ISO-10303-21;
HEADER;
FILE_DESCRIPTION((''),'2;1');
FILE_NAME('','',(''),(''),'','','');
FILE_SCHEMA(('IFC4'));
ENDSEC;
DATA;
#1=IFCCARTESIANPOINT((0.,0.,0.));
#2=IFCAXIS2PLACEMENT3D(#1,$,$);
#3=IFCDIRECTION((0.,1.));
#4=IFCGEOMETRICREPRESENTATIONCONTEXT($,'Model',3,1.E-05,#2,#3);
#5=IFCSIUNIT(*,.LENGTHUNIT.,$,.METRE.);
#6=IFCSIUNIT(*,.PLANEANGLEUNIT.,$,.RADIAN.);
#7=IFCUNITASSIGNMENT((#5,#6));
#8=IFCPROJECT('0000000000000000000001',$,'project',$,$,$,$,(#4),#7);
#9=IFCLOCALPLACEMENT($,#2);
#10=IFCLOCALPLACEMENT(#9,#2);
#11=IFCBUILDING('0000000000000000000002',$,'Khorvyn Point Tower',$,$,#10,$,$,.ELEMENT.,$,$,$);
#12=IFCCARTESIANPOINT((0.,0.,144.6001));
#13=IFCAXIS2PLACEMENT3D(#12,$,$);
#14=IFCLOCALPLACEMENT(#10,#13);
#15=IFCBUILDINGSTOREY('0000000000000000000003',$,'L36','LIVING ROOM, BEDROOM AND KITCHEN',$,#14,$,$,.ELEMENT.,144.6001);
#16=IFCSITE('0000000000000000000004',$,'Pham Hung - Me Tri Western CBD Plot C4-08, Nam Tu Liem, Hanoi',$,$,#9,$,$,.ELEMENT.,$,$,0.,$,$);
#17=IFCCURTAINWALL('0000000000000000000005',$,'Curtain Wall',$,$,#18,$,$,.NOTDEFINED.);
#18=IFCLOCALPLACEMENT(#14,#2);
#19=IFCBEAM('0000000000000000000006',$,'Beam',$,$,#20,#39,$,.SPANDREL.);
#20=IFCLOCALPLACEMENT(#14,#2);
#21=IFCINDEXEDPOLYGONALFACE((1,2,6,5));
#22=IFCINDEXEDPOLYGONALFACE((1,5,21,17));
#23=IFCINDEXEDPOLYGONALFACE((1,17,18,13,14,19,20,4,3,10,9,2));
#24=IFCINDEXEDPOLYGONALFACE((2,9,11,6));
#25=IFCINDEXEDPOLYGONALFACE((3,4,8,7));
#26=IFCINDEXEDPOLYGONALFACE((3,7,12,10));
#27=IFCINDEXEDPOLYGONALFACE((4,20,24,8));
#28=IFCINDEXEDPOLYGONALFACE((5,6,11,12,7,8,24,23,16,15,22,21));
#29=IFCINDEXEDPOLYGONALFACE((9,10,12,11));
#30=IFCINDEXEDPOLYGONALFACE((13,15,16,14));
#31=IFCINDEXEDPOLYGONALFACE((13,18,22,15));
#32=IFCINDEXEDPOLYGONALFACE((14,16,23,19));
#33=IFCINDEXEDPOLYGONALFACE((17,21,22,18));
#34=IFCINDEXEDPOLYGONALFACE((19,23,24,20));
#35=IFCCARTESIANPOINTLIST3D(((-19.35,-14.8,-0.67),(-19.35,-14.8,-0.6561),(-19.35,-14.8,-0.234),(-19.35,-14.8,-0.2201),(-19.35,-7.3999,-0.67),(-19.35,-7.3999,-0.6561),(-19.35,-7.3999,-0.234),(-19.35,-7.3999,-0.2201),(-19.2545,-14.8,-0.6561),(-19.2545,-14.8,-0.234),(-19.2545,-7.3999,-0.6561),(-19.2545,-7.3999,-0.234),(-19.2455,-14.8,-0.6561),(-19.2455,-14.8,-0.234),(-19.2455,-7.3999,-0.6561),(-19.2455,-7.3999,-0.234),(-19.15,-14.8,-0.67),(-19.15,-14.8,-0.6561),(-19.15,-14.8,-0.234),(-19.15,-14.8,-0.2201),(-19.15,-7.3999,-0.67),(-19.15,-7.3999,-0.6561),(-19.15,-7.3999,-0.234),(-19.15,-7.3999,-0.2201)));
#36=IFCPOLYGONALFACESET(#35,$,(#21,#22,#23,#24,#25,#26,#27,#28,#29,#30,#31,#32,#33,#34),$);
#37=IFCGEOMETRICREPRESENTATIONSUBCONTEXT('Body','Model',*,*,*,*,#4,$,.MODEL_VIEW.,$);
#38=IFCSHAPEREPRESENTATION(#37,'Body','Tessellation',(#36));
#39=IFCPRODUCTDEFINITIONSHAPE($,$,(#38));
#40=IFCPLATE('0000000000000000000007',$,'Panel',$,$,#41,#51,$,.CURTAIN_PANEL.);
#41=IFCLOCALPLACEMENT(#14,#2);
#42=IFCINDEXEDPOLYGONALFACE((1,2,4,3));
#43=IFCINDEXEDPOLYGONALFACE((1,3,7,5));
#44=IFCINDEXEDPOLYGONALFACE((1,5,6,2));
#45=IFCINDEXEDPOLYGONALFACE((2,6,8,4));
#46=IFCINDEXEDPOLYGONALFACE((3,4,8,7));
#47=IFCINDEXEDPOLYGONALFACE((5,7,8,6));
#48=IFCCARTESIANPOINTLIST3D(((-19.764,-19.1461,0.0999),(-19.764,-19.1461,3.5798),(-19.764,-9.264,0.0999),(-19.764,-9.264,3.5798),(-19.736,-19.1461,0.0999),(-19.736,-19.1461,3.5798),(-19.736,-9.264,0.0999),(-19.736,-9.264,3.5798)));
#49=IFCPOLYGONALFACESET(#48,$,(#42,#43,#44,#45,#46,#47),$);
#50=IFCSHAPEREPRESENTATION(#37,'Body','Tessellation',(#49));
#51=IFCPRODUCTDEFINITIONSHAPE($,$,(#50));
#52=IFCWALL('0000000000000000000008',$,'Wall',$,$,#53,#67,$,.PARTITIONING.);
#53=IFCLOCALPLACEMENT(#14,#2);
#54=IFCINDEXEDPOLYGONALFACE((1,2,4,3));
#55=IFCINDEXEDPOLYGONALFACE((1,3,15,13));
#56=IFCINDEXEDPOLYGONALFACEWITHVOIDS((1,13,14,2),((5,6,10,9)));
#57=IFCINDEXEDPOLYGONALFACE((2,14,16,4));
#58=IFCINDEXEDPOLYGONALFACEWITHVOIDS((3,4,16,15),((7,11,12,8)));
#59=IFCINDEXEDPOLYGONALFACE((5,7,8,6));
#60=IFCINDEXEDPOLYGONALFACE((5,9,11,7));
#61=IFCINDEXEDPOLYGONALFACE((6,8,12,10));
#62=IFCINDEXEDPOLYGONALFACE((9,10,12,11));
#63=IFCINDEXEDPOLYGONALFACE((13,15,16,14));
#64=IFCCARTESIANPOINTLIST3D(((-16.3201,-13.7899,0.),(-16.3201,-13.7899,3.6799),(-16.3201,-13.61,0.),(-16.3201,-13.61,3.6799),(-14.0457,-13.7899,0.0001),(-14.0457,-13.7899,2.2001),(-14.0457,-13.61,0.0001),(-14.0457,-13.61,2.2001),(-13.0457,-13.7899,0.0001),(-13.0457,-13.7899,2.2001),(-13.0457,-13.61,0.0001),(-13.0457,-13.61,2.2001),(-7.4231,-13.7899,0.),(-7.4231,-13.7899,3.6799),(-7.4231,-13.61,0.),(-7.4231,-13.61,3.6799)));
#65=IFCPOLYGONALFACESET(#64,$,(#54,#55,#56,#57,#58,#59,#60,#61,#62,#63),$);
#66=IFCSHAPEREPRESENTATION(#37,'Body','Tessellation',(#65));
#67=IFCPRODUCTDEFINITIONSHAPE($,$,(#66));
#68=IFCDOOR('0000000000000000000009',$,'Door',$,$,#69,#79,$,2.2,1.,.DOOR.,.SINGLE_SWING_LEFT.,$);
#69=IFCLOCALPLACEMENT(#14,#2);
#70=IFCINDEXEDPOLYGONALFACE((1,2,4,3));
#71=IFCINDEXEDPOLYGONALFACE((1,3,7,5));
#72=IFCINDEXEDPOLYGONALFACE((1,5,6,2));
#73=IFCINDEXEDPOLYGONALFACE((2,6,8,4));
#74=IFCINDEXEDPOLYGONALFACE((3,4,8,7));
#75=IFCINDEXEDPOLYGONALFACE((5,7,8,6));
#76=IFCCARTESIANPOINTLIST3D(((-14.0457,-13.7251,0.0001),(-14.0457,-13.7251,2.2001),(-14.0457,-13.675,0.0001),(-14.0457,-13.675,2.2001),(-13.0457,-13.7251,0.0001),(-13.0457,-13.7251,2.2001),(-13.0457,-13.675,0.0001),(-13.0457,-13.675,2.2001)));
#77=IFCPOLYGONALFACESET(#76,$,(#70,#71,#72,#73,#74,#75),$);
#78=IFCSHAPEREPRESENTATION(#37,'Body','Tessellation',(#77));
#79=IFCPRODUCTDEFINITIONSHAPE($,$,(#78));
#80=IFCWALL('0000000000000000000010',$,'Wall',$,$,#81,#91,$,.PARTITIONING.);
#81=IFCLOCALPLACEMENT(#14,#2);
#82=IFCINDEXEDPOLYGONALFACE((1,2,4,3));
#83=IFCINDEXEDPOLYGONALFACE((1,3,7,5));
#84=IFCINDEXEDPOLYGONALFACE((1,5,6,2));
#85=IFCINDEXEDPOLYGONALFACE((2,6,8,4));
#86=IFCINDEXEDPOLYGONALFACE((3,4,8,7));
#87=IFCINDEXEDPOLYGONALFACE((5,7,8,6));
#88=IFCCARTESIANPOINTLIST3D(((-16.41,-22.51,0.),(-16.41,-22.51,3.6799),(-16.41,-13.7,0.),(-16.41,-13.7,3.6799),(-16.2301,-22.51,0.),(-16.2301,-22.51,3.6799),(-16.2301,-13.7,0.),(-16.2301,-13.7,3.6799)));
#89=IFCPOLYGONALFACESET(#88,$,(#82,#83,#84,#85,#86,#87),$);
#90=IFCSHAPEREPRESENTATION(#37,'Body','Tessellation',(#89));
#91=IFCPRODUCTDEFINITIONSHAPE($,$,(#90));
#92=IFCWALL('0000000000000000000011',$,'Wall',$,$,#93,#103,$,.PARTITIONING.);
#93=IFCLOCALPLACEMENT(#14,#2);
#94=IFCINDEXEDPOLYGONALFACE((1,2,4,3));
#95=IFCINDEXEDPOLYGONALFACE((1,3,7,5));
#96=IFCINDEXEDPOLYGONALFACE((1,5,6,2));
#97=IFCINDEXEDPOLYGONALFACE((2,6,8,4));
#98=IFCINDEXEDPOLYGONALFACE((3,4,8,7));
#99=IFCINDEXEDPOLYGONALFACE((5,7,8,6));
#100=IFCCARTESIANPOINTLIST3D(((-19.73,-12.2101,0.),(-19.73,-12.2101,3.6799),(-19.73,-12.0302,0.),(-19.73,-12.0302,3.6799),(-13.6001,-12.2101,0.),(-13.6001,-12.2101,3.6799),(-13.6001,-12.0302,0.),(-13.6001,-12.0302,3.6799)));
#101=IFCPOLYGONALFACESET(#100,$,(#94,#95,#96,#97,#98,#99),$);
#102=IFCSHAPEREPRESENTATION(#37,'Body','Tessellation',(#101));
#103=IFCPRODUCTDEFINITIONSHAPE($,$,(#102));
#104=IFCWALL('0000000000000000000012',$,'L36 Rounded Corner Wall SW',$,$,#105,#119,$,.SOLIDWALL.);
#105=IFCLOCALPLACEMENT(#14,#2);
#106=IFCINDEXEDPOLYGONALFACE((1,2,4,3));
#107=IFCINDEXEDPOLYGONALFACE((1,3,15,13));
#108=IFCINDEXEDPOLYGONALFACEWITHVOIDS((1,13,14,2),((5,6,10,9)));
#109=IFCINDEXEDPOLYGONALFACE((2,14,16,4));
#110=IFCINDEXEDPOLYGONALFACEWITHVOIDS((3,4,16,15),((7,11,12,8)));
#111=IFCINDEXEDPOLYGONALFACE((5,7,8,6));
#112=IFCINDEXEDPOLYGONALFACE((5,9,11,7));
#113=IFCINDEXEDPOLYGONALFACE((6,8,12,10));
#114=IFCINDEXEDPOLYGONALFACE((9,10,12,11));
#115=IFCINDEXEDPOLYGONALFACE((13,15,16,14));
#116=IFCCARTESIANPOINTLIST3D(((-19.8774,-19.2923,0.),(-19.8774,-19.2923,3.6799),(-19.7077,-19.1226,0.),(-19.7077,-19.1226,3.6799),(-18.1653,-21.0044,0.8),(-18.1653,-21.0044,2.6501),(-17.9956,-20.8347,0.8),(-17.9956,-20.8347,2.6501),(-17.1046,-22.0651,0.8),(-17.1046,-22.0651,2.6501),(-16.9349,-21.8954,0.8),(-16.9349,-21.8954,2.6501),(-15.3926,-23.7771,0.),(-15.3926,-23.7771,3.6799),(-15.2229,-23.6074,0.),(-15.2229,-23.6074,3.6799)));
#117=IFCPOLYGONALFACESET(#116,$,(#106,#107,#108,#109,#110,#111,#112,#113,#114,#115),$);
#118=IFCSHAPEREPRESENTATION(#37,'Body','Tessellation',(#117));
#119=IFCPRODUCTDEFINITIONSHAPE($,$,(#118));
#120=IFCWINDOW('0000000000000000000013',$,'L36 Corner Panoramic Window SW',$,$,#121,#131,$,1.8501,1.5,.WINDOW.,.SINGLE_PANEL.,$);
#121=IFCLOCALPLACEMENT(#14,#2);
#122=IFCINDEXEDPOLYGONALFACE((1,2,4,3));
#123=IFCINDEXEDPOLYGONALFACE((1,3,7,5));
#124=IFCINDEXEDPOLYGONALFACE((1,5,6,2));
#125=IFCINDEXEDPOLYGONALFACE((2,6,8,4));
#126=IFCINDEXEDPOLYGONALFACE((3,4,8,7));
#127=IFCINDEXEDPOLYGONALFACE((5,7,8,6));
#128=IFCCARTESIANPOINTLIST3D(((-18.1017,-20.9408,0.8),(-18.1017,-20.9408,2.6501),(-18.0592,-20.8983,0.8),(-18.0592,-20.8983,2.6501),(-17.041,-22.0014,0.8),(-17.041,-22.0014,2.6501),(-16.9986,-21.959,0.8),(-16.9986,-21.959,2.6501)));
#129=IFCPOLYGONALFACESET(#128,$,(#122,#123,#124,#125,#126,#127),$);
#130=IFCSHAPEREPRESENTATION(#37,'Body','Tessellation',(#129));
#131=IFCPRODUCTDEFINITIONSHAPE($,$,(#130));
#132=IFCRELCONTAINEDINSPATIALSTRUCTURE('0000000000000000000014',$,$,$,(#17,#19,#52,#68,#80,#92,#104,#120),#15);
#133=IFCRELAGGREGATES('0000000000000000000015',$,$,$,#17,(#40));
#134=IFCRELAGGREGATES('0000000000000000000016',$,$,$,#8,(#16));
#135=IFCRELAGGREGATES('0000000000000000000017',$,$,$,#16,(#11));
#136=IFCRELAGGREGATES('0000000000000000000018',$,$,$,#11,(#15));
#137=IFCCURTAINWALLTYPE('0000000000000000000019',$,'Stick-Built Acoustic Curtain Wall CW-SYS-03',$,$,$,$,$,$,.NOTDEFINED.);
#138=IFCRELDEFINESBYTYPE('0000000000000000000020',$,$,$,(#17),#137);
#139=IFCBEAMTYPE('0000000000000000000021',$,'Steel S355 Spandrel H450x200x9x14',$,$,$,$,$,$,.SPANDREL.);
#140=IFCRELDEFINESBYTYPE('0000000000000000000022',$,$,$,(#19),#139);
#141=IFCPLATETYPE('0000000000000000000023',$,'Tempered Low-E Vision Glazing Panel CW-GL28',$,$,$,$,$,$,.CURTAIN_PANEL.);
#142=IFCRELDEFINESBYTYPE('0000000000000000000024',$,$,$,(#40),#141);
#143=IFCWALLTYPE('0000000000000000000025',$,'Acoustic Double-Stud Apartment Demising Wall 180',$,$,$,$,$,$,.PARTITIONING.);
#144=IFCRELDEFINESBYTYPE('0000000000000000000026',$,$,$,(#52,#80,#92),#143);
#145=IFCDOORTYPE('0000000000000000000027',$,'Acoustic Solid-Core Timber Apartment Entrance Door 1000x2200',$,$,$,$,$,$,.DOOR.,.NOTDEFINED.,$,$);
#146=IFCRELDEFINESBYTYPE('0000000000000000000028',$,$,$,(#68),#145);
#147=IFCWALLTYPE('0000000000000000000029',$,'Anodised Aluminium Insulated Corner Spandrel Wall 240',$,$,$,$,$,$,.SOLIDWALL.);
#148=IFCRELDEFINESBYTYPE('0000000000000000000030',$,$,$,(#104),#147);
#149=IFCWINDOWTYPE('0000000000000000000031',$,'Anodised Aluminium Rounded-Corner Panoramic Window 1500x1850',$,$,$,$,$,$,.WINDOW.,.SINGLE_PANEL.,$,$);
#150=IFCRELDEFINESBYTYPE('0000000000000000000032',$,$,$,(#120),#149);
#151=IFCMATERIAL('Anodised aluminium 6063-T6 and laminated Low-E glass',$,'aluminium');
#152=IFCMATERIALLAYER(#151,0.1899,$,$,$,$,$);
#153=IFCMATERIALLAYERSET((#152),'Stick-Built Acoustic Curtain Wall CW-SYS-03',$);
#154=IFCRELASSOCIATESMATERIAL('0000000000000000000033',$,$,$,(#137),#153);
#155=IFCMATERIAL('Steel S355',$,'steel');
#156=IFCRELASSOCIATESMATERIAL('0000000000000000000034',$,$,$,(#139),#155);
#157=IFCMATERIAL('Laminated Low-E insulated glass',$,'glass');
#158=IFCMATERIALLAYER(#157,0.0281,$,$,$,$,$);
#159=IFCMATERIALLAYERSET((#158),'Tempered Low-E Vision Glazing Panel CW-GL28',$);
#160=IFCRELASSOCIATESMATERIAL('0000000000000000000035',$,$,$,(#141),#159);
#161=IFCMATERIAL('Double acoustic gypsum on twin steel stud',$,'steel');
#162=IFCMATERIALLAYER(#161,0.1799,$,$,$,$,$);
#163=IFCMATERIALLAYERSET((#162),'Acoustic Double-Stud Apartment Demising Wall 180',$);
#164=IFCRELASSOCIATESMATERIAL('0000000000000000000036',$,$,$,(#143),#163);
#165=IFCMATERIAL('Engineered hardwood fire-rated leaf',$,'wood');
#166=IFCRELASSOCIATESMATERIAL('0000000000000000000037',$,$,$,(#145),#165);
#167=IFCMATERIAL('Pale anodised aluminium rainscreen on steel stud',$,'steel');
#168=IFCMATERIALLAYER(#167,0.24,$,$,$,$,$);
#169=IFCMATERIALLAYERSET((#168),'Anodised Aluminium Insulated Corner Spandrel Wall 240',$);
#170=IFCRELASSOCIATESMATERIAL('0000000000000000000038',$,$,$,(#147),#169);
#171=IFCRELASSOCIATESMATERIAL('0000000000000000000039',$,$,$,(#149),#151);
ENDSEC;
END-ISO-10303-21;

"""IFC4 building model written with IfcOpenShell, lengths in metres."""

from ifc_helpers import new_model, si_unit, direction, frame, frame_2d, origin, origin_2d, place, context, subcontext, project, spatial, rectangle, i_section, extrude, material, layer, layer_set, material_profile, profile_set, type_object, element, fill, aggregate, save


model = new_model("IFC4")

# Units and contexts
model_context = context("Model", 3, precision=1e-05, world=origin(), true_north=direction((0.0, 1.0)))
body_context = subcontext(model_context, "Body", "Model", "MODEL_VIEW")
ifc_project = project(units=[si_unit("LENGTHUNIT", "METRE"), si_unit("PLANEANGLEUNIT", "RADIAN")], contexts=[model_context])

# Site, building, storey
site_placement = place(None, origin())
site = spatial("IfcSite", under=ifc_project, at=site_placement, Name="Pham Hung - Me Tri Western CBD Plot C4-08, Nam Tu Liem, Hanoi", CompositionType="ELEMENT", RefElevation=0.0)
building_placement = place(site_placement, origin())
building = spatial("IfcBuilding", under=site, at=building_placement, Name="Khorvyn Point Tower", CompositionType="ELEMENT")
storey_placement = place(building_placement, frame((0.0, 0.0, 144.6001)))
storey = spatial("IfcBuildingStorey", under=building, at=storey_placement, Name="L36", Description="LIVING ROOM, BEDROOM AND KITCHEN", CompositionType="ELEMENT", Elevation=144.6001)

# Shared definitions
ifc_material_1 = material(Name="Anodised aluminium 6063-T6 and laminated Low-E glass", Category="aluminium")
ifc_layer_1 = layer(ifc_material_1, 0.1899)
ifc_layer_set_1 = layer_set([ifc_layer_1], Name="Stick-Built Acoustic Curtain Wall CW-SYS-03")
curtain_wall_type = type_object("IfcCurtainWallType", Name="Stick-Built Acoustic Curtain Wall CW-SYS-03", PredefinedType="NOTDEFINED", material=ifc_layer_set_1)

# Curtain wall
curtain_wall_1_placement = place(storey_placement, origin())
curtain_wall_1 = element("IfcCurtainWall", 1, at=curtain_wall_1_placement, inside=storey, type_object=curtain_wall_type, Name="Curtain Wall", PredefinedType="NOTDEFINED")

# Beam
ifc_material_2 = material(Name="Steel S355", Category="steel")
ifc_material_profile_1 = material_profile(ifc_material_2, i_section(OverallWidth=0.2, OverallDepth=0.45, WebThickness=0.009, FlangeThickness=0.0139, at=origin_2d()))
ifc_profile_set_1 = profile_set([ifc_material_profile_1], Name="Steel S355 H450x200x9x14")
beam_type_1 = type_object("IfcBeamType", Name="Steel S355 Spandrel H450x200x9x14", PredefinedType="SPANDREL", material=ifc_profile_set_1)
beam_1_placement = place(storey_placement, frame((-19.25, -14.8, -0.4451), z_axis=(0.0, 1.0, 0.0), x_axis=(-1.0, 0.0, 0.0)))
element("IfcBeam", 2, at=beam_1_placement, inside=storey, type_object=beam_type_1, Name="Beam", PredefinedType="SPANDREL", context=body_context, shape_type="SweptSolid", body=[
    extrude(i_section(OverallWidth=0.2, OverallDepth=0.45, WebThickness=0.009, FlangeThickness=0.0139, at=origin_2d()), origin(), (0.0, 0.0, 1.0), 7.4001),
])

# Plate
ifc_material_3 = material(Name="Laminated Low-E insulated glass", Category="glass")
ifc_layer_2 = layer(ifc_material_3, 0.0281)
ifc_layer_set_2 = layer_set([ifc_layer_2], Name="Tempered Low-E Vision Glazing Panel CW-GL28")
plate_type = type_object("IfcPlateType", Name="Tempered Low-E Vision Glazing Panel CW-GL28", PredefinedType="CURTAIN_PANEL", material=ifc_layer_set_2)
plate_placement = place(storey_placement, frame((-19.75, -14.2051, 0.0999), z_axis=(0.0, 0.0, 1.0), x_axis=(0.0, 1.0, 0.0)))
plate = element("IfcPlate", 3, at=plate_placement, type_object=plate_type, Name="Panel", PredefinedType="CURTAIN_PANEL", context=body_context, shape_type="SweptSolid", body=[
    extrude(rectangle(XDim=9.8821, YDim=0.0281, at=origin_2d()), origin(), (0.0, 0.0, 1.0), 3.48),
])
aggregate(curtain_wall_1, [plate])

# Wall, opening, door
ifc_material_4 = material(Name="Double acoustic gypsum on twin steel stud", Category="steel")
ifc_layer_3 = layer(ifc_material_4, 0.1799)
ifc_layer_set_3 = layer_set([ifc_layer_3], Name="Acoustic Double-Stud Apartment Demising Wall 180")
wall_type_1 = type_object("IfcWallType", Name="Acoustic Double-Stud Apartment Demising Wall 180", PredefinedType="PARTITIONING", material=ifc_layer_set_3)
wall_1_placement = place(storey_placement, frame((-16.3201, -13.7, 0.0), z_axis=(0.0, 0.0, 1.0), x_axis=(1.0, 0.0, 0.0)))
wall_1 = element("IfcWall", 4, at=wall_1_placement, inside=storey, type_object=wall_type_1, Name="Wall", PredefinedType="PARTITIONING", context=body_context, shape_type="SweptSolid", body=[
    extrude(rectangle(XDim=8.897, YDim=0.1799, at=frame_2d((4.4485, 0.0))), origin(), (0.0, 0.0, 1.0), 3.6799),
])
opening_1_placement = place(wall_1_placement, frame((2.2744, 0.0, 0.0)))
opening_1 = element("IfcOpeningElement", 5, at=opening_1_placement, cuts=wall_1, PredefinedType="OPENING", context=body_context, shape_type="SweptSolid", body=[
    extrude(rectangle(XDim=1.0, YDim=2.2, at=frame_2d((0.5, 1.1001))), frame((0.0, 0.0999, 0.0), z_axis=(0.0, -1.0, 0.0), x_axis=(1.0, 0.0, 0.0)), (0.0, 0.0, 1.0), 0.2),
])
ifc_material_5 = material(Name="Engineered hardwood fire-rated leaf", Category="wood")
door_type = type_object("IfcDoorType", Name="Acoustic Solid-Core Timber Apartment Entrance Door 1000x2200", OperationType="NOTDEFINED", PredefinedType="DOOR", material=ifc_material_5)
door_placement = place(opening_1_placement, origin())
door = element("IfcDoor", 6, at=door_placement, inside=storey, type_object=door_type, Name="Door", OperationType="SINGLE_SWING_LEFT", OverallHeight=2.2, OverallWidth=1.0, PredefinedType="DOOR", context=body_context, shape_type="SweptSolid", body=[
    extrude(rectangle(XDim=1.0, YDim=2.2, at=frame_2d((0.5, 1.1001))), frame((0.0, 0.0249, 0.0), z_axis=(0.0, -1.0, 0.0), x_axis=(1.0, 0.0, 0.0)), (0.0, 0.0, 1.0), 0.05),
])
fill(opening_1, door)

# Walls
wall_2_placement = place(storey_placement, frame((-16.3201, -22.51, 0.0), z_axis=(0.0, 0.0, 1.0), x_axis=(0.0, 1.0, 0.0)))
element("IfcWall", 7, at=wall_2_placement, inside=storey, type_object=wall_type_1, Name="Wall", PredefinedType="PARTITIONING", context=body_context, shape_type="SweptSolid", body=[
    extrude(rectangle(XDim=8.8101, YDim=0.1799, at=frame_2d((4.405, 0.0))), origin(), (0.0, 0.0, 1.0), 3.6799),
])
wall_3_placement = place(storey_placement, frame((-19.73, -12.1201, 0.0), z_axis=(0.0, 0.0, 1.0), x_axis=(1.0, 0.0, 0.0)))
element("IfcWall", 8, at=wall_3_placement, inside=storey, type_object=wall_type_1, Name="Wall", PredefinedType="PARTITIONING", context=body_context, shape_type="SweptSolid", body=[
    extrude(rectangle(XDim=6.1299, YDim=0.1799, at=frame_2d((3.0649, 0.0))), origin(), (0.0, 0.0, 1.0), 3.6799),
])

# Wall, opening, window
ifc_material_6 = material(Name="Pale anodised aluminium rainscreen on steel stud", Category="steel")
ifc_layer_4 = layer(ifc_material_6, 0.24)
ifc_layer_set_4 = layer_set([ifc_layer_4], Name="Anodised Aluminium Insulated Corner Spandrel Wall 240")
wall_type_2 = type_object("IfcWallType", Name="Anodised Aluminium Insulated Corner Spandrel Wall 240", PredefinedType="SOLIDWALL", material=ifc_layer_set_4)
wall_4_placement = place(storey_placement, frame((-15.3076, -23.6924, 0.0), z_axis=(0.0, 0.0, 1.0), x_axis=(-0.707107, 0.707107, 0.0)))
wall_4 = element("IfcWall", 9, at=wall_4_placement, inside=storey, type_object=wall_type_2, Name="L36 Rounded Corner Wall SW", PredefinedType="SOLIDWALL", context=body_context, shape_type="SweptSolid", body=[
    extrude(rectangle(XDim=6.3425, YDim=0.24, at=frame_2d((3.1714, 0.0))), origin(), (0.0, 0.0, 1.0), 3.6799),
])
opening_2_placement = place(wall_4_placement, frame((2.4214, 0.0, 0.8)))
opening_2 = element("IfcOpeningElement", 10, at=opening_2_placement, cuts=wall_4, PredefinedType="OPENING", context=body_context, shape_type="SweptSolid", body=[
    extrude(rectangle(XDim=1.5, YDim=1.8501, at=frame_2d((0.75, 0.925))), frame((0.0, 0.1299, 0.0), z_axis=(0.0, -1.0, 0.0), x_axis=(1.0, 0.0, 0.0)), (0.0, 0.0, 1.0), 0.26),
])
window_type = type_object("IfcWindowType", Name="Anodised Aluminium Rounded-Corner Panoramic Window 1500x1850", PartitioningType="SINGLE_PANEL", PredefinedType="WINDOW", material=ifc_material_1)
window_placement = place(opening_2_placement, origin())
window = element("IfcWindow", 11, at=window_placement, inside=storey, type_object=window_type, Name="L36 Corner Panoramic Window SW", OverallHeight=1.8501, OverallWidth=1.5, PartitioningType="SINGLE_PANEL", PredefinedType="WINDOW", context=body_context, shape_type="SweptSolid", body=[
    extrude(rectangle(XDim=1.5, YDim=1.8501, at=frame_2d((0.75, 0.925))), frame((0.0, 0.03, 0.0), z_axis=(0.0, -1.0, 0.0), x_axis=(1.0, 0.0, 0.0)), (0.0, 0.0, 1.0), 0.0601),
])
fill(opening_2, window)

save(model, "model.ifc")
